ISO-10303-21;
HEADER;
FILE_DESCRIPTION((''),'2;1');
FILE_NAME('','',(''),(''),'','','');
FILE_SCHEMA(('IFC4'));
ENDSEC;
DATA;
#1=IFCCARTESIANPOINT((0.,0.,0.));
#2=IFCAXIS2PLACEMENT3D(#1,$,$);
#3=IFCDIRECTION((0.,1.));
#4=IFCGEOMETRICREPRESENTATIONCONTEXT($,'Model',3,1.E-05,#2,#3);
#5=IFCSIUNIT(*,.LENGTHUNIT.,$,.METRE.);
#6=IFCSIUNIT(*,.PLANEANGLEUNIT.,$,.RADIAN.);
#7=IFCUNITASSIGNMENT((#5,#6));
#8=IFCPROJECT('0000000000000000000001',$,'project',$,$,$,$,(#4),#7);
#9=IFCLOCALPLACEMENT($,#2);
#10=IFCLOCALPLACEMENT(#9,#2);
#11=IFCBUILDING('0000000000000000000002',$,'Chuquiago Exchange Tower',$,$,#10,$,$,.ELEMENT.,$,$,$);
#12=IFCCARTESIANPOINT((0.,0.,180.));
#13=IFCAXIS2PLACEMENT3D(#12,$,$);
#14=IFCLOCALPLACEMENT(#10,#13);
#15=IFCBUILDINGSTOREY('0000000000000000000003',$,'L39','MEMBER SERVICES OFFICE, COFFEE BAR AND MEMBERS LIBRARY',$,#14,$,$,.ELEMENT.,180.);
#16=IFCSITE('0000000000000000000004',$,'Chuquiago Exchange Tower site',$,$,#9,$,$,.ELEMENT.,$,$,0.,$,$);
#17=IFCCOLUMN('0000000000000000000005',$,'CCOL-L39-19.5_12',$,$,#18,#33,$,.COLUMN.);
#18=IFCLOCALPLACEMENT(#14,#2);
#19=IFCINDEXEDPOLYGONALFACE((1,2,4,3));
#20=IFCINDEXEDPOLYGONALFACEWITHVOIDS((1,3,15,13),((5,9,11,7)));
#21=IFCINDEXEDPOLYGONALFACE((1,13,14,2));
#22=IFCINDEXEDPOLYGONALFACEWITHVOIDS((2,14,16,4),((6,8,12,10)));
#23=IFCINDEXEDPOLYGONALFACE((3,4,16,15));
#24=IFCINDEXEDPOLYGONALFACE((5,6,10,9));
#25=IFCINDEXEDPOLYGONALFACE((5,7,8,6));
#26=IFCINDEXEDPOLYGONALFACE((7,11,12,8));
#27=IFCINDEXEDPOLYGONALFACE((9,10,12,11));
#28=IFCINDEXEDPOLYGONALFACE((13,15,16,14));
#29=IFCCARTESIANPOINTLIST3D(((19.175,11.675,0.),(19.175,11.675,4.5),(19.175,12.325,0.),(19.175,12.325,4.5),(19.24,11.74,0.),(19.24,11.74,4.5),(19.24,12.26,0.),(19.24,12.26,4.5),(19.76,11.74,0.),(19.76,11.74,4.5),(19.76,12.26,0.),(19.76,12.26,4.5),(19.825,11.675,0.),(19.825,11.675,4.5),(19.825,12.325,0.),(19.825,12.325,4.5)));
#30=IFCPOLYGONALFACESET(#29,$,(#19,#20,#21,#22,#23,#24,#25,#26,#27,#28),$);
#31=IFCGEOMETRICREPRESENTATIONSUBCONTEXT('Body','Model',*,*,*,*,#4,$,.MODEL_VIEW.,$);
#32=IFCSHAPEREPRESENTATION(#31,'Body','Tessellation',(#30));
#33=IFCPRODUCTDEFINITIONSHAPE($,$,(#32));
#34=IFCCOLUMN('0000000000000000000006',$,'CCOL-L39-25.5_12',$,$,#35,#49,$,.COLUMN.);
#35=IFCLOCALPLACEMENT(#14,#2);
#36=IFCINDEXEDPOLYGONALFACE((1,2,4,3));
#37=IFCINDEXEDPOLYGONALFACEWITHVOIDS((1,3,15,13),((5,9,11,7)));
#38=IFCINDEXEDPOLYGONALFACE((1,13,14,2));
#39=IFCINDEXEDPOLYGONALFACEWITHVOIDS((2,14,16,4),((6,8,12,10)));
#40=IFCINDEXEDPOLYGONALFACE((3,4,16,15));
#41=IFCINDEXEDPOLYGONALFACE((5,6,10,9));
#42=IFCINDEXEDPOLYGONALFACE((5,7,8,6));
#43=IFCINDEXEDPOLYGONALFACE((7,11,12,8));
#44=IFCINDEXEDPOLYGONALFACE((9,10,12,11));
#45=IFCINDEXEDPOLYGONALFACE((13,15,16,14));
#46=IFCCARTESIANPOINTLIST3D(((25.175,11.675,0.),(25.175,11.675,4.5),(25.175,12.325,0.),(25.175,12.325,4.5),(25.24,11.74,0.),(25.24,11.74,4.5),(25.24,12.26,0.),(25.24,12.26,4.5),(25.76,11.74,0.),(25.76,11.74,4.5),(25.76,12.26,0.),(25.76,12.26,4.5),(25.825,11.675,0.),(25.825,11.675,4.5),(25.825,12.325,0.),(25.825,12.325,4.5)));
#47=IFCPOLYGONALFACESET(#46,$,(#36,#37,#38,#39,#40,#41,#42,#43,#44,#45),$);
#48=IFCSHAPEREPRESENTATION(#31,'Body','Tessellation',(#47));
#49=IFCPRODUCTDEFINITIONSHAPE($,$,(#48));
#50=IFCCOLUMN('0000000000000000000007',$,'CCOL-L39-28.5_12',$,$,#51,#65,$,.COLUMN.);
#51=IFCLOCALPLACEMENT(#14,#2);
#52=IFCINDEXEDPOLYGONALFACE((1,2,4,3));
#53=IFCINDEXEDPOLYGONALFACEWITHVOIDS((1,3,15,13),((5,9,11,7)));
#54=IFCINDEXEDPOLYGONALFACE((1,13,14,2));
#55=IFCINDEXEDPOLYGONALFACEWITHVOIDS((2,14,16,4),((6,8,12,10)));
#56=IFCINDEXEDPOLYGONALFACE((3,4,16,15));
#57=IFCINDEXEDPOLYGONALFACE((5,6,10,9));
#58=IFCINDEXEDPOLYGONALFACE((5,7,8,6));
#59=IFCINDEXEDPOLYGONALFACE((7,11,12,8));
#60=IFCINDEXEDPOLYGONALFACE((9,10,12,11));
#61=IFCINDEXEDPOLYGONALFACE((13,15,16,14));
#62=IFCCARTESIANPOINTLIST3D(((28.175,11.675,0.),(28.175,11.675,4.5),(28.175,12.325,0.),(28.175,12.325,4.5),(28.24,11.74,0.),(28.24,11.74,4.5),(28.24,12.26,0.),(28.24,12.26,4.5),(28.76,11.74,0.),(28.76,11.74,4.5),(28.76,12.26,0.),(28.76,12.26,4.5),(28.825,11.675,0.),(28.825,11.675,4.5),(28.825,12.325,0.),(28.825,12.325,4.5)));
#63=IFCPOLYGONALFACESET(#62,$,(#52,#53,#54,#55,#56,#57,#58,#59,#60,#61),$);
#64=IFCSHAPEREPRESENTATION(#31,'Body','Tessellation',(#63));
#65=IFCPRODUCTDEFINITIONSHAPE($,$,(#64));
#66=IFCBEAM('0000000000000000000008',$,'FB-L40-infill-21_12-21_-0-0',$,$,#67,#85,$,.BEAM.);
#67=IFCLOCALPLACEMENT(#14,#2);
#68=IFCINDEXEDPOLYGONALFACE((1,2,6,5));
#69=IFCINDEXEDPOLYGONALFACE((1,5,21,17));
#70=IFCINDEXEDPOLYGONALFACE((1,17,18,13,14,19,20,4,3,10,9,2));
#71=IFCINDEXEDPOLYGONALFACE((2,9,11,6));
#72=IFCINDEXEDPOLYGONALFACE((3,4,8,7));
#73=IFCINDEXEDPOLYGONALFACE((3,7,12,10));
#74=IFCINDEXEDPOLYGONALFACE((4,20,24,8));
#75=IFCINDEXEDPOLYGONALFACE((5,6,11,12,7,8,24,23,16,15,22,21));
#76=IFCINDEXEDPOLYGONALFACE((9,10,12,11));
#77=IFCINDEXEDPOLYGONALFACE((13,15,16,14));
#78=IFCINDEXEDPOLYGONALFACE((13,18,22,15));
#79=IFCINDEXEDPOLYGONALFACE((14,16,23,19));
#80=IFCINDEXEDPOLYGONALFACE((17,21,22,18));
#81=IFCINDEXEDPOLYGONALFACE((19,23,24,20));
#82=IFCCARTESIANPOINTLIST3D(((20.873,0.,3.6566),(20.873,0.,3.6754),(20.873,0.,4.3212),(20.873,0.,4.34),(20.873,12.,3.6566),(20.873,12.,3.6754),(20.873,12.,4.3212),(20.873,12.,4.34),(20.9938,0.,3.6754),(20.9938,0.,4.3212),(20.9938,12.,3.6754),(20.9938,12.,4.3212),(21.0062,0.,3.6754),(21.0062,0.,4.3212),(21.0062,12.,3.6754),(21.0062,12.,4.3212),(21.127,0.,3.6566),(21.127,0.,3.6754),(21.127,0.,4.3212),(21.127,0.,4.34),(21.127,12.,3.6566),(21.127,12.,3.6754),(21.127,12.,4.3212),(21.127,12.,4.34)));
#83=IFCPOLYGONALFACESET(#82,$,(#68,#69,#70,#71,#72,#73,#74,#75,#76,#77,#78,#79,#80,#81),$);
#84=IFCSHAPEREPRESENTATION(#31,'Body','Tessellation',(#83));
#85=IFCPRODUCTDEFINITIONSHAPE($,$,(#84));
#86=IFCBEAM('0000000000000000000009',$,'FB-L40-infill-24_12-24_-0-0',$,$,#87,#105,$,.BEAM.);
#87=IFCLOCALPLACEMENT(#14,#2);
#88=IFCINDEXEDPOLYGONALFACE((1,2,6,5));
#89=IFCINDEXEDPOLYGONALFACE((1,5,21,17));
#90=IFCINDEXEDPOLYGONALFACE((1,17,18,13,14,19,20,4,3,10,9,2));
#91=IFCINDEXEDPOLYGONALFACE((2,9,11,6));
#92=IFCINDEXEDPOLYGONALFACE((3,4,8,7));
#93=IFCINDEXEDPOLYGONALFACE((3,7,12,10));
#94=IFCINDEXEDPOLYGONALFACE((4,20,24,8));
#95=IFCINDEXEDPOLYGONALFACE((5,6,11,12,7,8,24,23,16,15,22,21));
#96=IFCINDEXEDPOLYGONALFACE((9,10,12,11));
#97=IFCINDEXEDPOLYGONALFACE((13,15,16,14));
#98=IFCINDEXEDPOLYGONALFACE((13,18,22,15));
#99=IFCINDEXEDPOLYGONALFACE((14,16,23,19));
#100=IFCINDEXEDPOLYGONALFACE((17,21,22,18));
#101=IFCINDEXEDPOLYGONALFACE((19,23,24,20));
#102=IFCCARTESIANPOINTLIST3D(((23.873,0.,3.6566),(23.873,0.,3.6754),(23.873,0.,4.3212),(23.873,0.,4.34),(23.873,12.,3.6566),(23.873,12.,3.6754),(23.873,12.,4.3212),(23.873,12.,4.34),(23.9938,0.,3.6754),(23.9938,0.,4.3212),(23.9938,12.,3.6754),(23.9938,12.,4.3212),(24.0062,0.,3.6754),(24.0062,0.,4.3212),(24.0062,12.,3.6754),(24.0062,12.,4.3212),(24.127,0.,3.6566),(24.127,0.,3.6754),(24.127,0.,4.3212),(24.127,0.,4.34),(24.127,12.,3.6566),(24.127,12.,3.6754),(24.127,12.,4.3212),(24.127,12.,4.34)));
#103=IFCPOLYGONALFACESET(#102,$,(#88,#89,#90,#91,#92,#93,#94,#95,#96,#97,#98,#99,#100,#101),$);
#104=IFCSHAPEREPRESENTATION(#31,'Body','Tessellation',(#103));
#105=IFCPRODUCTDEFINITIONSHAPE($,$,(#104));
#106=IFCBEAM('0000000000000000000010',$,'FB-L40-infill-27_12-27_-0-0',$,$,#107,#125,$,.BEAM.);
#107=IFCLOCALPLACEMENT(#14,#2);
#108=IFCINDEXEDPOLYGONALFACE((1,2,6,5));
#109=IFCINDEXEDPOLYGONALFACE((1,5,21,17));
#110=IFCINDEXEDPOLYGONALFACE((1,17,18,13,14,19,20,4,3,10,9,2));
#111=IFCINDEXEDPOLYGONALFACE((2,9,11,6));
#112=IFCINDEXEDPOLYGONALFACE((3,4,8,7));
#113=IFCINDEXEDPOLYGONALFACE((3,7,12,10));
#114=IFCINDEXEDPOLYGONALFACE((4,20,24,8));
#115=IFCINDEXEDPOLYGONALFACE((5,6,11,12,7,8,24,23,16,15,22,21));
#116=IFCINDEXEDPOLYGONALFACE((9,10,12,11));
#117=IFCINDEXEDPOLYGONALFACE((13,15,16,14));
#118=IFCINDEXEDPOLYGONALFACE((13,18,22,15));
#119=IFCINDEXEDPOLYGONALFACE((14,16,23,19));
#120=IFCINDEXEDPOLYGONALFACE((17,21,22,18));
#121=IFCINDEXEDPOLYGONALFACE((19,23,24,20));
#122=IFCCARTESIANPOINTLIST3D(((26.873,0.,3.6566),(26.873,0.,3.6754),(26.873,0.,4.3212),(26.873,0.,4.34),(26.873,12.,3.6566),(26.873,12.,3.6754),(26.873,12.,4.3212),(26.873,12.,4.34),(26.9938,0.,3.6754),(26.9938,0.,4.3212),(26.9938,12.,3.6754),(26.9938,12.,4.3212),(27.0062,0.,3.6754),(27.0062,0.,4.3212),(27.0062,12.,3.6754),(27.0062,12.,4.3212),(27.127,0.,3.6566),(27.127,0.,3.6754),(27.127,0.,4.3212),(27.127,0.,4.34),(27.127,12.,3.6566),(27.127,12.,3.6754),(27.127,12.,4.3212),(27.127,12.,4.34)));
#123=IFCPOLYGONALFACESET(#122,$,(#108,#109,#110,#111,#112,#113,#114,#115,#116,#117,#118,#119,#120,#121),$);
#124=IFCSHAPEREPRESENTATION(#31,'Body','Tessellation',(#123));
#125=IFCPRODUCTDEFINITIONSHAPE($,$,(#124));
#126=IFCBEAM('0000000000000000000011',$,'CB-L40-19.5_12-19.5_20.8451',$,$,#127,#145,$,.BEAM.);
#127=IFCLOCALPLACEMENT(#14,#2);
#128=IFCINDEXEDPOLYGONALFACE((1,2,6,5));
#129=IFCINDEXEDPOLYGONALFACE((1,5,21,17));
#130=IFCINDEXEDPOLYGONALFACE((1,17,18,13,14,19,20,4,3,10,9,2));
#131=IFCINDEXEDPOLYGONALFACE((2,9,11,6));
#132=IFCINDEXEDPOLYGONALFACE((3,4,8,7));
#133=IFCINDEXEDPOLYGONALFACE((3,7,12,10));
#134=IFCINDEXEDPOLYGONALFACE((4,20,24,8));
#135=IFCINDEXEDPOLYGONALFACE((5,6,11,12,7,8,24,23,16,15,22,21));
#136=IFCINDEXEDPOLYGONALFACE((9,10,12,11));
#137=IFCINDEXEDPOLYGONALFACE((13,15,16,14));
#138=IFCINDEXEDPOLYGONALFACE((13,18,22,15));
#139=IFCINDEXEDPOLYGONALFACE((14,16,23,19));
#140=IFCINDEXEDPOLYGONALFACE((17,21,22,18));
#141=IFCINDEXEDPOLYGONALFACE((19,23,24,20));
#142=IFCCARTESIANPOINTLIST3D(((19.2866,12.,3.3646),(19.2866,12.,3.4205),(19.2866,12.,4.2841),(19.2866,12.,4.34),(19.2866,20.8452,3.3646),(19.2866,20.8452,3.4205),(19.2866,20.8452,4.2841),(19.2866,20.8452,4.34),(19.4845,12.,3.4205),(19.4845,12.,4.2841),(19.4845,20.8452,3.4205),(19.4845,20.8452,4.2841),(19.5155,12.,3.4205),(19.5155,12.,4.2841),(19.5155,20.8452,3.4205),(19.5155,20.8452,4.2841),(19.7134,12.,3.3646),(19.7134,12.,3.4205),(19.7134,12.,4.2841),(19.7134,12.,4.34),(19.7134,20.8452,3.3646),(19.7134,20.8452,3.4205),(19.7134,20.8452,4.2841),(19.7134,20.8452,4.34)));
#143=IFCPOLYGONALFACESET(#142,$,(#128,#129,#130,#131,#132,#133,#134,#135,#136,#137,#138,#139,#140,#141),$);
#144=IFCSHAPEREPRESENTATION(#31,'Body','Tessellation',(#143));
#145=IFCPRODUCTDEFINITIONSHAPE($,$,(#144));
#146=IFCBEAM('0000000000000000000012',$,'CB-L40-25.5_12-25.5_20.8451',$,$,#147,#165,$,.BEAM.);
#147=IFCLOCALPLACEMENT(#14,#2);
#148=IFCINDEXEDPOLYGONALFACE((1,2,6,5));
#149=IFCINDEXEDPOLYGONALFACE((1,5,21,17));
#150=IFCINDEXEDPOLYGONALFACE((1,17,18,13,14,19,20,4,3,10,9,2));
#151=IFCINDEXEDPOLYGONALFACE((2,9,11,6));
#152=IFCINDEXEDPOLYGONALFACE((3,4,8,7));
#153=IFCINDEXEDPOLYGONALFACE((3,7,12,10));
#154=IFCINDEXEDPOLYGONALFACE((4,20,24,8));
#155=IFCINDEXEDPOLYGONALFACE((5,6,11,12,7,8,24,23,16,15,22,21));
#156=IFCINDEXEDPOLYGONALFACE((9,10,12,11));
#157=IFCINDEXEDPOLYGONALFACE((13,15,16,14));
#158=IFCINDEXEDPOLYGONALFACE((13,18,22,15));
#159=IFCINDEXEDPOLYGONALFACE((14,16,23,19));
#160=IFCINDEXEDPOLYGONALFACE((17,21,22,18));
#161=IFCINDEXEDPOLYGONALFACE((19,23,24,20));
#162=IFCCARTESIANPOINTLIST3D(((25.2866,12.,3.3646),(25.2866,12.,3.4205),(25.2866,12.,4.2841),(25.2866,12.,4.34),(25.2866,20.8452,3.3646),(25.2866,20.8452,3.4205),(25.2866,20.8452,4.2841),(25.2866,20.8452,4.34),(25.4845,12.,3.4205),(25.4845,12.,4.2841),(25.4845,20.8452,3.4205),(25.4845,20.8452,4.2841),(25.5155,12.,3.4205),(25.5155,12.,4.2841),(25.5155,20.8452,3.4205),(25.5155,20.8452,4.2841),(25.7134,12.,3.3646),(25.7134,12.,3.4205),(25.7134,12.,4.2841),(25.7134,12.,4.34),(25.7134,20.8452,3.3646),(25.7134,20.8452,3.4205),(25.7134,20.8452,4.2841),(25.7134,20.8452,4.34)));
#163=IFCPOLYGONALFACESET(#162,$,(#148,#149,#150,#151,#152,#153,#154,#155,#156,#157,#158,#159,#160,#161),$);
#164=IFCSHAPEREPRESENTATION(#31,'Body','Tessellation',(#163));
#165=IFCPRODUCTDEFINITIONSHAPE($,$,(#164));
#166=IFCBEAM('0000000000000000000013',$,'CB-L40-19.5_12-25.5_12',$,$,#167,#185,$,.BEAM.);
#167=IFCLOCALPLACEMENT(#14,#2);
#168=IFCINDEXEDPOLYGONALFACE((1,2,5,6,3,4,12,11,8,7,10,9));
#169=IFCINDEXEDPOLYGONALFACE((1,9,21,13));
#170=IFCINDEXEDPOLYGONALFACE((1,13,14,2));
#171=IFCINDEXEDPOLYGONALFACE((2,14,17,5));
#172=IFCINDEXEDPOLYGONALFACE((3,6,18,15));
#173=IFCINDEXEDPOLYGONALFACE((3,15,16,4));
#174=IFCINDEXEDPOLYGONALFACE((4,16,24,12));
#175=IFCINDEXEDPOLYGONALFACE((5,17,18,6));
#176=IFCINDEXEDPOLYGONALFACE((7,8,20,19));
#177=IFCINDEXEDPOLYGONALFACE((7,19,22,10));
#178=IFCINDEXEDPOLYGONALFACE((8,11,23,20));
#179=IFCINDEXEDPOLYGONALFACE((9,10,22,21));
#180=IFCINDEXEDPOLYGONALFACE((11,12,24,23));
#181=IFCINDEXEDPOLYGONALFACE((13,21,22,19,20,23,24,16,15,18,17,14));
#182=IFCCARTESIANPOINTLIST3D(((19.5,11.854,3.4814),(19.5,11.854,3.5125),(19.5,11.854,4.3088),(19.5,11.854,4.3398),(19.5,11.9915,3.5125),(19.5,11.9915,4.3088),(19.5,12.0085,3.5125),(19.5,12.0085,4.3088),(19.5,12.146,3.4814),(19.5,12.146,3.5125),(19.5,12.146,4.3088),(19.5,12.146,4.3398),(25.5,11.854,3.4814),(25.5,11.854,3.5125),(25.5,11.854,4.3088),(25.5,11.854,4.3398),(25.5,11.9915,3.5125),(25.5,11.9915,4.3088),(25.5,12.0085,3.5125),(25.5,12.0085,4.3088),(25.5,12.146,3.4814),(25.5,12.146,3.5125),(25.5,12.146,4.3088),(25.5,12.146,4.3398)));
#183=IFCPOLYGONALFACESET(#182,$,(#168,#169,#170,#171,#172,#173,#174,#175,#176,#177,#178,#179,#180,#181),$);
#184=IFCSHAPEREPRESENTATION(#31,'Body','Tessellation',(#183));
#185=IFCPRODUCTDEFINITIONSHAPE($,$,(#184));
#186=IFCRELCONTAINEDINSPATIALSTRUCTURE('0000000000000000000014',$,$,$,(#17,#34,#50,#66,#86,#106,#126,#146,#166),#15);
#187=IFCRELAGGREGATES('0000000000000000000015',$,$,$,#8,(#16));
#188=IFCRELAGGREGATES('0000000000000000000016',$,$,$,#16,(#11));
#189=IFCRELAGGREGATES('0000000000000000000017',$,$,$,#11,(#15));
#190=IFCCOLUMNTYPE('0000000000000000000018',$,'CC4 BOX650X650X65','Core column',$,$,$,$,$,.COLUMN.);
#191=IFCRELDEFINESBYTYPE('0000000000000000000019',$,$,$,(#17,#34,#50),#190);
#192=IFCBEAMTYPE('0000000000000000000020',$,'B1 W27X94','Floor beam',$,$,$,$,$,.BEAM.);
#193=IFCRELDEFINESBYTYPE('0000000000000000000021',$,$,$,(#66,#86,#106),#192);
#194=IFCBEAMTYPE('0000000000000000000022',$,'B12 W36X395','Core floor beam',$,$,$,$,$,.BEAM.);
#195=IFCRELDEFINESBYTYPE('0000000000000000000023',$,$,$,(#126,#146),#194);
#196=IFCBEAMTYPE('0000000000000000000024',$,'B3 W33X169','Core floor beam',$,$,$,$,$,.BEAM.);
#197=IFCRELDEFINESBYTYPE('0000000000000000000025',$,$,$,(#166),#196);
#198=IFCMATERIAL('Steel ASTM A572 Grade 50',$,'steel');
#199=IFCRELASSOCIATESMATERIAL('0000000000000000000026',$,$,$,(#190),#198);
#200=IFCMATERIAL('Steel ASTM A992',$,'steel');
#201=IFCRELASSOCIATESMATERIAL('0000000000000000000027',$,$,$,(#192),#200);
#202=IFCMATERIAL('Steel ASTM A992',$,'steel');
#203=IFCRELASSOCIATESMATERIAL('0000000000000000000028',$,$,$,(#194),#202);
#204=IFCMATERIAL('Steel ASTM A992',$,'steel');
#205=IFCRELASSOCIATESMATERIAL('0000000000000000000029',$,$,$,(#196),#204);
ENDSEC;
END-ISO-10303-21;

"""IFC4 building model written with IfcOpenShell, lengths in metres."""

from ifc_helpers import new_model, si_unit, direction, frame, origin, origin_2d, place, context, subcontext, project, spatial, hollow_rectangle, i_section, extrude, material, material_profile, profile_set, type_object, element, save


model = new_model("IFC4")

# Units and contexts
model_context = context("Model", 3, precision=1e-05, world=origin(), true_north=direction((0.0, 1.0)))
body_context = subcontext(model_context, "Body", "Model", "MODEL_VIEW")
ifc_project = project(units=[si_unit("LENGTHUNIT", "METRE"), si_unit("PLANEANGLEUNIT", "RADIAN")], contexts=[model_context])

# Site, building, storey
site_placement = place(None, origin())
site = spatial("IfcSite", under=ifc_project, at=site_placement, Name="Chuquiago Exchange Tower site", CompositionType="ELEMENT", RefElevation=0.0)
building_placement = place(site_placement, origin())
building = spatial("IfcBuilding", under=site, at=building_placement, Name="Chuquiago Exchange Tower", CompositionType="ELEMENT")
storey_placement = place(building_placement, frame((0.0, 0.0, 180.0)))
storey = spatial("IfcBuildingStorey", under=building, at=storey_placement, Name="L39", Description="MEMBER SERVICES OFFICE, COFFEE BAR AND MEMBERS LIBRARY", CompositionType="ELEMENT", Elevation=180.0)

# Columns
ifc_material_1 = material(Name="Steel ASTM A572 Grade 50", Category="steel")
ifc_material_profile_1 = material_profile(ifc_material_1, hollow_rectangle(XDim=0.6499, YDim=0.6499, WallThickness=0.0649, at=origin_2d()), Name="BOX650X650X65")
ifc_profile_set_1 = profile_set([ifc_material_profile_1], Name="Steel ASTM A572 Grade 50")
column_type = type_object("IfcColumnType", Name="CC4 BOX650X650X65", Description="Core column", PredefinedType="COLUMN", material=ifc_profile_set_1)
for number, where, z_axis, x_axis, name in (
    (1, (19.5, 12.0, 0.0), (0.0, 0.0, 1.0), (1.0, 0.0, 0.0), "CCOL-L39-19.5_12"),
    (2, (25.5, 12.0, 0.0), (0.0, 0.0, 1.0), (1.0, 0.0, 0.0), "CCOL-L39-25.5_12"),
    (3, (28.5, 12.0, 0.0), (0.0, 0.0, 1.0), (1.0, 0.0, 0.0), "CCOL-L39-28.5_12"),
):
    element("IfcColumn", number, at=place(storey_placement, frame(where, z_axis=z_axis, x_axis=x_axis)), inside=storey, type_object=column_type, Name=name, PredefinedType="COLUMN", context=body_context, shape_type="SweptSolid", body=[
        extrude(hollow_rectangle(XDim=0.6499, YDim=0.6499, WallThickness=0.0649, at=origin_2d()), origin(), (0.0, 0.0, 1.0), 4.5),
    ])

# Beams
ifc_material_2 = material(Name="Steel ASTM A992", Category="steel")
ifc_material_profile_2 = material_profile(ifc_material_2, i_section(OverallWidth=0.2539, OverallDepth=0.6833, WebThickness=0.0125, FlangeThickness=0.0188, at=origin_2d()), Name="W27X94")
ifc_profile_set_2 = profile_set([ifc_material_profile_2], Name="Steel ASTM A992")
beam_type_1 = type_object("IfcBeamType", Name="B1 W27X94", Description="Floor beam", PredefinedType="BEAM", material=ifc_profile_set_2)
for number, where, z_axis, x_axis, name in (
    (4, (21.0, 12.0, 3.9983), (0.0, -1.0, 0.0), (1.0, 0.0, 0.0), "FB-L40-infill-21_12-21_-0-0"),
    (5, (24.0, 12.0, 3.9983), (0.0, -1.0, 0.0), (1.0, 0.0, 0.0), "FB-L40-infill-24_12-24_-0-0"),
    (6, (27.0, 12.0, 3.9983), (0.0, -1.0, 0.0), (1.0, 0.0, 0.0), "FB-L40-infill-27_12-27_-0-0"),
):
    element("IfcBeam", number, at=place(storey_placement, frame(where, z_axis=z_axis, x_axis=x_axis)), inside=storey, type_object=beam_type_1, Name=name, PredefinedType="BEAM", context=body_context, shape_type="SweptSolid", body=[
        extrude(i_section(OverallWidth=0.2539, OverallDepth=0.6833, WebThickness=0.0125, FlangeThickness=0.0188, at=origin_2d()), origin(), (0.0, 0.0, 1.0), 12.0),
    ])
ifc_material_3 = material(Name="Steel ASTM A992", Category="steel")
ifc_material_profile_3 = material_profile(ifc_material_3, i_section(OverallWidth=0.4268, OverallDepth=0.9753, WebThickness=0.031, FlangeThickness=0.0559, at=origin_2d()), Name="W36X395")
ifc_profile_set_3 = profile_set([ifc_material_profile_3], Name="Steel ASTM A992")
beam_type_2 = type_object("IfcBeamType", Name="B12 W36X395", Description="Core floor beam", PredefinedType="BEAM", material=ifc_profile_set_3)
for number, where, z_axis, x_axis, name in (
    (7, (19.5, 12.0, 3.8523), (0.0, 1.0, 0.0), (-1.0, 0.0, 0.0), "CB-L40-19.5_12-19.5_20.8451"),
    (8, (25.5, 12.0, 3.8523), (0.0, 1.0, 0.0), (-1.0, 0.0, 0.0), "CB-L40-25.5_12-25.5_20.8451"),
):
    element("IfcBeam", number, at=place(storey_placement, frame(where, z_axis=z_axis, x_axis=x_axis)), inside=storey, type_object=beam_type_2, Name=name, PredefinedType="BEAM", context=body_context, shape_type="SweptSolid", body=[
        extrude(i_section(OverallWidth=0.4268, OverallDepth=0.9753, WebThickness=0.031, FlangeThickness=0.0559, at=origin_2d()), origin(), (0.0, 0.0, 1.0), 8.8452),
    ])
ifc_material_4 = material(Name="Steel ASTM A992", Category="steel")
ifc_material_profile_4 = material_profile(ifc_material_4, i_section(OverallWidth=0.292, OverallDepth=0.8584, WebThickness=0.0171, FlangeThickness=0.031, at=origin_2d()), Name="W33X169")
ifc_profile_set_4 = profile_set([ifc_material_profile_4], Name="Steel ASTM A992")
beam_type_3 = type_object("IfcBeamType", Name="B3 W33X169", Description="Core floor beam", PredefinedType="BEAM", material=ifc_profile_set_4)
beam_1_placement = place(storey_placement, frame((19.5, 12.0, 3.9106), z_axis=(1.0, 0.0, 0.0), x_axis=(0.0, 1.0, 0.0)))
element("IfcBeam", 9, at=beam_1_placement, inside=storey, type_object=beam_type_3, Name="CB-L40-19.5_12-25.5_12", PredefinedType="BEAM", context=body_context, shape_type="SweptSolid", body=[
    extrude(i_section(OverallWidth=0.292, OverallDepth=0.8584, WebThickness=0.0171, FlangeThickness=0.031, at=origin_2d()), origin(), (0.0, 0.0, 1.0), 6.0),
])

save(model, "model.ifc")
